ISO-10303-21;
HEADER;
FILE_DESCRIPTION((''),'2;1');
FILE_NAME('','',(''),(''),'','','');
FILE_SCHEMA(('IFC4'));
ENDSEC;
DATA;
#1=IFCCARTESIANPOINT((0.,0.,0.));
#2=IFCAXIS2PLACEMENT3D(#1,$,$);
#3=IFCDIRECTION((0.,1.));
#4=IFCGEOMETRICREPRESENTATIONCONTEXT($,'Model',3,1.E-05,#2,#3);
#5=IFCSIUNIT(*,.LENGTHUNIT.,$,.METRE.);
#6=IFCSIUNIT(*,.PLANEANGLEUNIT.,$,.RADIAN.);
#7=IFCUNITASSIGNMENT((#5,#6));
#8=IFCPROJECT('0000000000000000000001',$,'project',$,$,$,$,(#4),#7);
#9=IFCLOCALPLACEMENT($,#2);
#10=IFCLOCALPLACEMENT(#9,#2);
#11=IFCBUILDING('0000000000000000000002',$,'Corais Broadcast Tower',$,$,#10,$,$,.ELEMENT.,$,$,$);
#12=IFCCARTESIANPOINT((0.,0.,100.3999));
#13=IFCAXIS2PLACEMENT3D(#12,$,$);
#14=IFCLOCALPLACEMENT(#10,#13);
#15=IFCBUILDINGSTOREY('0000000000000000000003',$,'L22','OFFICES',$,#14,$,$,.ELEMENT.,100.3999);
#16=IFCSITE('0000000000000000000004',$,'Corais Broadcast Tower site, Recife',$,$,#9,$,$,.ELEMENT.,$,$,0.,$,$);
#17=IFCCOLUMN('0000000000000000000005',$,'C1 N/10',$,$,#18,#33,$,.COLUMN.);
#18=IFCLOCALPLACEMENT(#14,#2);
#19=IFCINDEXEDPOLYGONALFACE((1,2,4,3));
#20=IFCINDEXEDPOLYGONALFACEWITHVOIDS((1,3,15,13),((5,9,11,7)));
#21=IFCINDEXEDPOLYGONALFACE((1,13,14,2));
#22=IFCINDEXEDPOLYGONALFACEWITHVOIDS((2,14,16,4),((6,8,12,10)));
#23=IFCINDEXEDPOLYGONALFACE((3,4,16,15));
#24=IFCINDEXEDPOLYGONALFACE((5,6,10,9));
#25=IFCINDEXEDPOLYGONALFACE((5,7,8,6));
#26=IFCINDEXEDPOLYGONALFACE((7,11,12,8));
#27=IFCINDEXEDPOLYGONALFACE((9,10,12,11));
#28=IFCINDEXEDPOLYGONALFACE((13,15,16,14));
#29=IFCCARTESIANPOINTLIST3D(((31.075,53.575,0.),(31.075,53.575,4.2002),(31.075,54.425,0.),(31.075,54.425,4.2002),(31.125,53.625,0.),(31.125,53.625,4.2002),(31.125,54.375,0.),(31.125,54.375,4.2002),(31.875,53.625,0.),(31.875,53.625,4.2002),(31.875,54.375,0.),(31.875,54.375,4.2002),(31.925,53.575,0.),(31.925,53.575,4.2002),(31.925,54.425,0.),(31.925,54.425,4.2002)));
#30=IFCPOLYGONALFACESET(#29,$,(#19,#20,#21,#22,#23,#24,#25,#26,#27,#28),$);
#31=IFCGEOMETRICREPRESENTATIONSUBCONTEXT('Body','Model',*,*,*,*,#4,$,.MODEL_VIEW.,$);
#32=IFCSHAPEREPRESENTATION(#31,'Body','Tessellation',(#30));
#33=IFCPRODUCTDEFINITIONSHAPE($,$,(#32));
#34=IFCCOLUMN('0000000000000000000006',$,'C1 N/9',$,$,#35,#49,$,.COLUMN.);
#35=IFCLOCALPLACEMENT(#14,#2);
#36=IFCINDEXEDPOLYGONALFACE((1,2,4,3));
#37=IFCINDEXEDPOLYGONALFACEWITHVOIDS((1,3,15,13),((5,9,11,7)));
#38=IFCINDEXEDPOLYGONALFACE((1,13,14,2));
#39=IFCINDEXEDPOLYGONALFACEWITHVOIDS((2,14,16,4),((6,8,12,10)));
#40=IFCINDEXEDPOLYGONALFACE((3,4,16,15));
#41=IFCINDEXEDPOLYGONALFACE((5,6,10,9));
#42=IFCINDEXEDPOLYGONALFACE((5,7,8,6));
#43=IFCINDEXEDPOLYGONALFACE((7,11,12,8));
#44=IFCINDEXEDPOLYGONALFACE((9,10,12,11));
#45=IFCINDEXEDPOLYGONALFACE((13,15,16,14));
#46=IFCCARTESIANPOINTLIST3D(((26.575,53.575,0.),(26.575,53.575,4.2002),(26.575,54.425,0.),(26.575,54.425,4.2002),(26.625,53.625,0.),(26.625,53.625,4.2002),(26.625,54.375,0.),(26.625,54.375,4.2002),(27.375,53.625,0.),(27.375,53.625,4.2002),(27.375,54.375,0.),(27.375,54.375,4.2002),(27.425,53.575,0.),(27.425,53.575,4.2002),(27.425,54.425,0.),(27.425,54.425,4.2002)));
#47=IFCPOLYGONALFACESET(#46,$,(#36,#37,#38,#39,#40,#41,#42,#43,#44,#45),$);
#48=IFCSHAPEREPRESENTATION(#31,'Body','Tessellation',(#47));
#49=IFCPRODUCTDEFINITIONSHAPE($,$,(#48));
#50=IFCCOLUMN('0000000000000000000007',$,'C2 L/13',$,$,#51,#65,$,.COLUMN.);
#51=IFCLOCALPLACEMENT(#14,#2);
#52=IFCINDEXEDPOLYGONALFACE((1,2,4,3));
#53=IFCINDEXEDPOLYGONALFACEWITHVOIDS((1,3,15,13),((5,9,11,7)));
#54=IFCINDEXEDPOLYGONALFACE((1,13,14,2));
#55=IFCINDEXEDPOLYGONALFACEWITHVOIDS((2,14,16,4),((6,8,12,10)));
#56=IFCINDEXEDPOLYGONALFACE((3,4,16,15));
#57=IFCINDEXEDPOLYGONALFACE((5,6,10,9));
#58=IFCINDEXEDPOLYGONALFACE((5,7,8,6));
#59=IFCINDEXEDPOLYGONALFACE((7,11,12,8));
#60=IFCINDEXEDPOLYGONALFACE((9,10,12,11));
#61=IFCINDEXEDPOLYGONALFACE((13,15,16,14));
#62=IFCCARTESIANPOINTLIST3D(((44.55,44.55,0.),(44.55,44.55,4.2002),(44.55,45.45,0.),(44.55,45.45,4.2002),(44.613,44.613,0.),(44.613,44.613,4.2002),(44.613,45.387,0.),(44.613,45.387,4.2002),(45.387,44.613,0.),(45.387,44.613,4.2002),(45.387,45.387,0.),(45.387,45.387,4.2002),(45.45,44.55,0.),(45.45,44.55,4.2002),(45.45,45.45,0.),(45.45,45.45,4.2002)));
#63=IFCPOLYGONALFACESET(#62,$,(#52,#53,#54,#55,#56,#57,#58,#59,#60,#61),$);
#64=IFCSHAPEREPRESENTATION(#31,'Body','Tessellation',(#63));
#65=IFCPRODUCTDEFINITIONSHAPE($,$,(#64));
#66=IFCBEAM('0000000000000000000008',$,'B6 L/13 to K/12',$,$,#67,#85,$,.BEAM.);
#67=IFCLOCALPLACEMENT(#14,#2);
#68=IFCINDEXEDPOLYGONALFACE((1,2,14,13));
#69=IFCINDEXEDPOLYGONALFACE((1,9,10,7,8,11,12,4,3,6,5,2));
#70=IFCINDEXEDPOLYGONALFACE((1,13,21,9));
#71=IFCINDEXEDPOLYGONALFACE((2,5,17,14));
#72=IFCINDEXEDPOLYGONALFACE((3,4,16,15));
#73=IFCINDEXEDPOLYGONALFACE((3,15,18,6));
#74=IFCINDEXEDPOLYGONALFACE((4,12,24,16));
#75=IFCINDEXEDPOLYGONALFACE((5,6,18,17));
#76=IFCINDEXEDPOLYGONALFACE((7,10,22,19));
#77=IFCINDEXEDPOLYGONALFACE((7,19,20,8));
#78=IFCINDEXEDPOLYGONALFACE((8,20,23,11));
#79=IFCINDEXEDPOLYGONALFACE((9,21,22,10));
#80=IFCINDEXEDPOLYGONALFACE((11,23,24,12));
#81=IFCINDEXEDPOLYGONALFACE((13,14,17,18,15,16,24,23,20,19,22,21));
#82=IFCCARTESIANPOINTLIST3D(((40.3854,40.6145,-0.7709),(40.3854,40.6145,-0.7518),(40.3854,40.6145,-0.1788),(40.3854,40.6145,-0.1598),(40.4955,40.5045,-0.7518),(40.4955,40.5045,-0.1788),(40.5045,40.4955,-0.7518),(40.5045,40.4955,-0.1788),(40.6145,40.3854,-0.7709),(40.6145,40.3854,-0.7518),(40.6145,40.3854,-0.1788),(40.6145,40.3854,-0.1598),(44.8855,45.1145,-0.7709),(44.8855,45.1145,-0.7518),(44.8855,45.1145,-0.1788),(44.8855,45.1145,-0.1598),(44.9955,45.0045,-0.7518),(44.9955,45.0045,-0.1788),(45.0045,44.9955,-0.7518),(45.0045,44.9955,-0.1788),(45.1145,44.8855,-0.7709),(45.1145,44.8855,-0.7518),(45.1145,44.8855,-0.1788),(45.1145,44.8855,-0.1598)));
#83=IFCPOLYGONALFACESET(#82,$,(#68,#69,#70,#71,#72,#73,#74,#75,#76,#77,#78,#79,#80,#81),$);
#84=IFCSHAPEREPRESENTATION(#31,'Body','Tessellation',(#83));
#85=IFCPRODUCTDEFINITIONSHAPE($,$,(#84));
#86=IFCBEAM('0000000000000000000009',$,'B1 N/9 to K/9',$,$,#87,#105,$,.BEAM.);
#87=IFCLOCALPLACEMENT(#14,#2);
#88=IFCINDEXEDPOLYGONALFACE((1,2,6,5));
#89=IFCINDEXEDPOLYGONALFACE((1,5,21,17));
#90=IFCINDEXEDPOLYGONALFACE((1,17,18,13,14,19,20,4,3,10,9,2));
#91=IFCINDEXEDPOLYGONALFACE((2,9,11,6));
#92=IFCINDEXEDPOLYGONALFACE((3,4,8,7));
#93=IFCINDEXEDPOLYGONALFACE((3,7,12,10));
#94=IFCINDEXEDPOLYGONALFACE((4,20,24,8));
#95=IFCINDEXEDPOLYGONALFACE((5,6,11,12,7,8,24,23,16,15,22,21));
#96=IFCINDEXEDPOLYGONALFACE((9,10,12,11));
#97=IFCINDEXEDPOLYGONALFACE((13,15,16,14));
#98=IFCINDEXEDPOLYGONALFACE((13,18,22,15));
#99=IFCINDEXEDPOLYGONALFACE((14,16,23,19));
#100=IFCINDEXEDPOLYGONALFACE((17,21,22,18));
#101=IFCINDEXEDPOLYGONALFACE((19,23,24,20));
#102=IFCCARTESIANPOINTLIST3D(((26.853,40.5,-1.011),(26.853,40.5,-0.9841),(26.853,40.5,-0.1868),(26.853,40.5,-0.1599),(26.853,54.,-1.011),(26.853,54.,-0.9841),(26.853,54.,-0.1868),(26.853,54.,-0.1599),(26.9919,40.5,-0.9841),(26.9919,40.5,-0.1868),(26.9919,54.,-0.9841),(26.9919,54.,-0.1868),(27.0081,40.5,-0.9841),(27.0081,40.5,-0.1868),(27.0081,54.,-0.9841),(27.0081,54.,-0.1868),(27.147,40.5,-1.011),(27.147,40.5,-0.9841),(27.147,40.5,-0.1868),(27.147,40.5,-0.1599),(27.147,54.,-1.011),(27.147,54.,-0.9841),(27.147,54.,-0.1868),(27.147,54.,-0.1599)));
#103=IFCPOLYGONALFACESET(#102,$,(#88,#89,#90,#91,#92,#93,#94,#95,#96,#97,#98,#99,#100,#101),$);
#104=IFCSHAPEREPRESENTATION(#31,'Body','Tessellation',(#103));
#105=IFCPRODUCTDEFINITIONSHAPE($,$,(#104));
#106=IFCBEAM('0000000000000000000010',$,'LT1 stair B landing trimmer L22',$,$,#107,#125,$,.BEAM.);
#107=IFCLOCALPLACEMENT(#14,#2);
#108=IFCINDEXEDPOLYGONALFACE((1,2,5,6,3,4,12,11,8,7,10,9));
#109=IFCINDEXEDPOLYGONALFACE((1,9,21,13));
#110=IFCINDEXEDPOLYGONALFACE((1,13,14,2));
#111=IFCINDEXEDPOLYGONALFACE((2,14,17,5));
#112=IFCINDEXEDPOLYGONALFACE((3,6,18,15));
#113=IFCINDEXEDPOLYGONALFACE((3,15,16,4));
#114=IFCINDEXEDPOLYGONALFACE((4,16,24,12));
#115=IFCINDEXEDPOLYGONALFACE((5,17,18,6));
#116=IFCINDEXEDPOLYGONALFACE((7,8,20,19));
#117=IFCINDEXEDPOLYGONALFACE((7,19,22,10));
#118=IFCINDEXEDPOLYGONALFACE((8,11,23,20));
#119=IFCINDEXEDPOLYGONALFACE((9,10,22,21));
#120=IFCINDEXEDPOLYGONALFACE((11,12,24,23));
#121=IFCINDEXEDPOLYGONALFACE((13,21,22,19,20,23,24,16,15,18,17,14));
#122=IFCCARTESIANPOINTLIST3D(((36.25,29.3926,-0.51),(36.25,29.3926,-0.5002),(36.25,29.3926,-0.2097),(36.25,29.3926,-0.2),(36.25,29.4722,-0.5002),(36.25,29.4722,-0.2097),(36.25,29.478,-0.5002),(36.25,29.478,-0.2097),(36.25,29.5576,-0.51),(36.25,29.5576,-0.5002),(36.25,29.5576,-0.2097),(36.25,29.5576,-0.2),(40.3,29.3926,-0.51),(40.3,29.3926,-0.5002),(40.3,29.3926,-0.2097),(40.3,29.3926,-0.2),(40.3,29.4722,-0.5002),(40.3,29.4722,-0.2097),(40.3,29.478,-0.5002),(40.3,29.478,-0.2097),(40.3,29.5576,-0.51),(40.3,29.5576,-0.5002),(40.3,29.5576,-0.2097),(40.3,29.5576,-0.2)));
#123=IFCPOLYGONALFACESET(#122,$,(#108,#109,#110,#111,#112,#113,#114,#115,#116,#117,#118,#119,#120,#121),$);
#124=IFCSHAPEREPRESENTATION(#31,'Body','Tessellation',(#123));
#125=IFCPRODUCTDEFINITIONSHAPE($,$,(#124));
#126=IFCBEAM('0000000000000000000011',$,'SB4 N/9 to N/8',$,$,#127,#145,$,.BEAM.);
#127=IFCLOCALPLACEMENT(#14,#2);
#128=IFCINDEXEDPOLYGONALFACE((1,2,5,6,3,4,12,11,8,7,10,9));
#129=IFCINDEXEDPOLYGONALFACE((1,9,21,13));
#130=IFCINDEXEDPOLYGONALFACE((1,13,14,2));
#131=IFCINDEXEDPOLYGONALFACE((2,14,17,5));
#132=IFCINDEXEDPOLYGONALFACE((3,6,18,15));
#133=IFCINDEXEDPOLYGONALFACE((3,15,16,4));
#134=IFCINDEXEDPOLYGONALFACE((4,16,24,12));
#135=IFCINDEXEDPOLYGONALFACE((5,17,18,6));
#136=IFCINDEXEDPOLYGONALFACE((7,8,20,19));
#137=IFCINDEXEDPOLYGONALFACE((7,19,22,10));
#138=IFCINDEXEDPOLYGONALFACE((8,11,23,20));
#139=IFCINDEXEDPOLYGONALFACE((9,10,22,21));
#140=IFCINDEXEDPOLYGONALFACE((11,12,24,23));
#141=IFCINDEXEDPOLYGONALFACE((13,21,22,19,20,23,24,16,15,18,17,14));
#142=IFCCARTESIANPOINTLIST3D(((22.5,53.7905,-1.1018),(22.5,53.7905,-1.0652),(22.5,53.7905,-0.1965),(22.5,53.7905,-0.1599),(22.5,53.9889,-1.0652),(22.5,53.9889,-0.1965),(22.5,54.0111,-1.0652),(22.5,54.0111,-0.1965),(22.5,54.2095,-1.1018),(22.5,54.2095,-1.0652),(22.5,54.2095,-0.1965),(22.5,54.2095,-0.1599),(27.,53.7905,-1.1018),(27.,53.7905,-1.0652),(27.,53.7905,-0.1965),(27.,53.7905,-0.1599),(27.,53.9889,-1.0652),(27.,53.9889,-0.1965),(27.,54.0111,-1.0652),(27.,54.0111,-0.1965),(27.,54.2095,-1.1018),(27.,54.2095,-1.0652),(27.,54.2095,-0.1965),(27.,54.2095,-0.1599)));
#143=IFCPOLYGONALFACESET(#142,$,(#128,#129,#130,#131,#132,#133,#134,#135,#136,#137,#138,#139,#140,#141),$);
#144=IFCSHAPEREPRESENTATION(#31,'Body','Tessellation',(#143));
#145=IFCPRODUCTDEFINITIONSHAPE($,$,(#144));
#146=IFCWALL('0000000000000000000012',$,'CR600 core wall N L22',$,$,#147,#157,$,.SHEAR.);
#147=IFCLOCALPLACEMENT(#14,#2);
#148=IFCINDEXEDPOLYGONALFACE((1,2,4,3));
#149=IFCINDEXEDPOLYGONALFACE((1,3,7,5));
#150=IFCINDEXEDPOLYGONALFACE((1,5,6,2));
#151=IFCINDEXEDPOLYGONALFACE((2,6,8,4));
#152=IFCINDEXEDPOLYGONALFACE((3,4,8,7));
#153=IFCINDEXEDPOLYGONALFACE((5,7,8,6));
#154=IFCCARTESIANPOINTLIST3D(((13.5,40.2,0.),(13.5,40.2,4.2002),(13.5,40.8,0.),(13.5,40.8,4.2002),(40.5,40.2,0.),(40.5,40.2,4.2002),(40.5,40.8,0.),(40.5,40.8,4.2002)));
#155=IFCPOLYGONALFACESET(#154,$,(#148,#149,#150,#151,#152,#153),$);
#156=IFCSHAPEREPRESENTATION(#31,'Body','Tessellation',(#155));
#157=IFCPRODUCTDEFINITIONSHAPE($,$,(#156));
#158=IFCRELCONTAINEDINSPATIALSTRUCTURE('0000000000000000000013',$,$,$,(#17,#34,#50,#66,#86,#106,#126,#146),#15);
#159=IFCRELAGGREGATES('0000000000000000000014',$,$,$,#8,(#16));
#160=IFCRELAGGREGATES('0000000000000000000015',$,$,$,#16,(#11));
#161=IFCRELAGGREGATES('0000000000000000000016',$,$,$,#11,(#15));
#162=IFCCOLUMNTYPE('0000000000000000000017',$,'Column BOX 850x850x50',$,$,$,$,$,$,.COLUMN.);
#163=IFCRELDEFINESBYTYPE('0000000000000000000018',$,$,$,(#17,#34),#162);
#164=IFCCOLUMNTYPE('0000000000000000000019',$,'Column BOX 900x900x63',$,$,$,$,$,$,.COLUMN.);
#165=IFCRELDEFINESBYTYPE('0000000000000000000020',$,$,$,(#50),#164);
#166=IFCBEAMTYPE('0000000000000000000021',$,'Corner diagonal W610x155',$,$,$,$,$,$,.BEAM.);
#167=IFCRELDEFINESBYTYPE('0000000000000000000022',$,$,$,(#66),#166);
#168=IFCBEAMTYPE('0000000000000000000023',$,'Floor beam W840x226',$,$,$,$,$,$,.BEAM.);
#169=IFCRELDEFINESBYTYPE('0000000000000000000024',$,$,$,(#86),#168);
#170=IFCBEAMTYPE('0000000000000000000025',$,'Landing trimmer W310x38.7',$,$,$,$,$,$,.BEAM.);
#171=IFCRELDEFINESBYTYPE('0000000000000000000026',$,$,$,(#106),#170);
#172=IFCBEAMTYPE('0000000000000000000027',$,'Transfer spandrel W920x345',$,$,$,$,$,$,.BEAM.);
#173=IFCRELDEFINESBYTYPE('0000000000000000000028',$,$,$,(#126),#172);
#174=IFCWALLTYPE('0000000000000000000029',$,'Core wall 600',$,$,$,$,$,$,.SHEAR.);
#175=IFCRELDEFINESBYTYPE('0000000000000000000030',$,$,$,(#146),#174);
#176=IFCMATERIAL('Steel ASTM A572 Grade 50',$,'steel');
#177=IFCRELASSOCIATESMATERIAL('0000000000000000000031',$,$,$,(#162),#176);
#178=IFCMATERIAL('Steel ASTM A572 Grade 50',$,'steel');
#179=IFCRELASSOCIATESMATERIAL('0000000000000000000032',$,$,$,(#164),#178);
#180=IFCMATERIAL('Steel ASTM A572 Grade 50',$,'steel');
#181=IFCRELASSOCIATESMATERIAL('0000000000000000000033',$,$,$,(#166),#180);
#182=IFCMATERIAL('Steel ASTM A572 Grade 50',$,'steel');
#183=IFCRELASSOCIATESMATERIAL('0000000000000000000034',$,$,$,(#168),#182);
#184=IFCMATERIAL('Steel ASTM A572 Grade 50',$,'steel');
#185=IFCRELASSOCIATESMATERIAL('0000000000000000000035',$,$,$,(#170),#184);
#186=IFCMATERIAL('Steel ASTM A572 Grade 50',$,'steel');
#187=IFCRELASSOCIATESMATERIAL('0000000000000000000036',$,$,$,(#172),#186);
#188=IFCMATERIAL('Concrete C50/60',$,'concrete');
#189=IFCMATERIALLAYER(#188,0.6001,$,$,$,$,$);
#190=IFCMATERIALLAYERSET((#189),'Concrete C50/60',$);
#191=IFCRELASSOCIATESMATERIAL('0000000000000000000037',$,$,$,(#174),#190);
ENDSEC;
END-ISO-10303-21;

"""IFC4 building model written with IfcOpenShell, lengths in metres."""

from ifc_helpers import new_model, si_unit, direction, frame, frame_2d, origin, origin_2d, place, context, subcontext, project, spatial, rectangle, hollow_rectangle, i_section, extrude, material, layer, layer_set, material_profile, profile_set, type_object, element, save


model = new_model("IFC4")

# Units and contexts
model_context = context("Model", 3, precision=1e-05, world=origin(), true_north=direction((0.0, 1.0)))
body_context = subcontext(model_context, "Body", "Model", "MODEL_VIEW")
ifc_project = project(units=[si_unit("LENGTHUNIT", "METRE"), si_unit("PLANEANGLEUNIT", "RADIAN")], contexts=[model_context])

# Site, building, storey
site_placement = place(None, origin())
site = spatial("IfcSite", under=ifc_project, at=site_placement, Name="Corais Broadcast Tower site, Recife", CompositionType="ELEMENT", RefElevation=0.0)
building_placement = place(site_placement, origin())
building = spatial("IfcBuilding", under=site, at=building_placement, Name="Corais Broadcast Tower", CompositionType="ELEMENT")
storey_placement = place(building_placement, frame((0.0, 0.0, 100.3999)))
storey = spatial("IfcBuildingStorey", under=building, at=storey_placement, Name="L22", Description="OFFICES", CompositionType="ELEMENT", Elevation=100.3999)

# Columns
ifc_material_1 = material(Name="Steel ASTM A572 Grade 50", Category="steel")
ifc_material_profile_1 = material_profile(ifc_material_1, hollow_rectangle(XDim=0.8501, YDim=0.8501, WallThickness=0.05, at=origin_2d()), Name="BOX 850x850x50")
ifc_profile_set_1 = profile_set([ifc_material_profile_1], Name="Steel ASTM A572 Grade 50")
column_type_1 = type_object("IfcColumnType", Name="Column BOX 850x850x50", PredefinedType="COLUMN", material=ifc_profile_set_1)
for number, where, z_axis, x_axis, name in (
    (1, (31.5, 54.0, 0.0), (0.0, 0.0, 1.0), (1.0, 0.0, 0.0), "C1 N/10"),
    (2, (27.0, 54.0, 0.0), (0.0, 0.0, 1.0), (1.0, 0.0, 0.0), "C1 N/9"),
):
    element("IfcColumn", number, at=place(storey_placement, frame(where, z_axis=z_axis, x_axis=x_axis)), inside=storey, type_object=column_type_1, Name=name, PredefinedType="COLUMN", context=body_context, shape_type="SweptSolid", body=[
        extrude(hollow_rectangle(XDim=0.8501, YDim=0.8501, WallThickness=0.05, at=origin_2d()), origin(), (0.0, 0.0, 1.0), 4.2002),
    ])
ifc_material_2 = material(Name="Steel ASTM A572 Grade 50", Category="steel")
ifc_material_profile_2 = material_profile(ifc_material_2, hollow_rectangle(XDim=0.8999, YDim=0.8999, WallThickness=0.063, at=origin_2d()), Name="BOX 900x900x63")
ifc_profile_set_2 = profile_set([ifc_material_profile_2], Name="Steel ASTM A572 Grade 50")
column_type_2 = type_object("IfcColumnType", Name="Column BOX 900x900x63", PredefinedType="COLUMN", material=ifc_profile_set_2)
column_placement = place(storey_placement, frame((45.0, 45.0, 0.0), z_axis=(0.0, 0.0, 1.0), x_axis=(1.0, 0.0, 0.0)))
element("IfcColumn", 3, at=column_placement, inside=storey, type_object=column_type_2, Name="C2 L/13", PredefinedType="COLUMN", context=body_context, shape_type="SweptSolid", body=[
    extrude(hollow_rectangle(XDim=0.8999, YDim=0.8999, WallThickness=0.063, at=origin_2d()), origin(), (0.0, 0.0, 1.0), 4.2002),
])

# Beams
ifc_material_3 = material(Name="Steel ASTM A572 Grade 50", Category="steel")
ifc_material_profile_3 = material_profile(ifc_material_3, i_section(OverallWidth=0.324, OverallDepth=0.6111, WebThickness=0.0127, FlangeThickness=0.019, at=origin_2d()), Name="W610x155")
ifc_profile_set_3 = profile_set([ifc_material_profile_3], Name="Steel ASTM A572 Grade 50")
beam_type_1 = type_object("IfcBeamType", Name="Corner diagonal W610x155", PredefinedType="BEAM", material=ifc_profile_set_3)
beam_1_placement = place(storey_placement, frame((45.0, 45.0, -0.4653), z_axis=(-0.707107, -0.707107, 0.0), x_axis=(0.707107, -0.707107, 0.0)))
element("IfcBeam", 4, at=beam_1_placement, inside=storey, type_object=beam_type_1, Name="B6 L/13 to K/12", PredefinedType="BEAM", context=body_context, shape_type="SweptSolid", body=[
    extrude(i_section(OverallWidth=0.324, OverallDepth=0.6111, WebThickness=0.0127, FlangeThickness=0.019, at=origin_2d()), origin(), (0.0, 0.0, 1.0), 6.364),
])
ifc_material_4 = material(Name="Steel ASTM A572 Grade 50", Category="steel")
ifc_material_profile_4 = material_profile(ifc_material_4, i_section(OverallWidth=0.2939, OverallDepth=0.8511, WebThickness=0.0161, FlangeThickness=0.0269, at=origin_2d()), Name="W840x226")
ifc_profile_set_4 = profile_set([ifc_material_profile_4], Name="Steel ASTM A572 Grade 50")
beam_type_2 = type_object("IfcBeamType", Name="Floor beam W840x226", PredefinedType="BEAM", material=ifc_profile_set_4)
beam_2_placement = place(storey_placement, frame((27.0, 54.0, -0.5854), z_axis=(0.0, -1.0, 0.0), x_axis=(1.0, 0.0, 0.0)))
element("IfcBeam", 5, at=beam_2_placement, inside=storey, type_object=beam_type_2, Name="B1 N/9 to K/9", PredefinedType="BEAM", context=body_context, shape_type="SweptSolid", body=[
    extrude(i_section(OverallWidth=0.2939, OverallDepth=0.8511, WebThickness=0.0161, FlangeThickness=0.0269, at=origin_2d()), origin(), (0.0, 0.0, 1.0), 13.5),
])
ifc_material_5 = material(Name="Steel ASTM A572 Grade 50", Category="steel")
ifc_material_profile_5 = material_profile(ifc_material_5, i_section(OverallWidth=0.165, OverallDepth=0.3101, WebThickness=0.0059, FlangeThickness=0.0098, at=origin_2d()), Name="W310x38.7")
ifc_profile_set_5 = profile_set([ifc_material_profile_5], Name="Steel ASTM A572 Grade 50")
beam_type_3 = type_object("IfcBeamType", Name="Landing trimmer W310x38.7", PredefinedType="BEAM", material=ifc_profile_set_5)
beam_3_placement = place(storey_placement, frame((36.25, 29.4751, -0.355), z_axis=(1.0, 0.0, 0.0), x_axis=(0.0, 1.0, 0.0)))
element("IfcBeam", 6, at=beam_3_placement, inside=storey, type_object=beam_type_3, Name="LT1 stair B landing trimmer L22", PredefinedType="BEAM", context=body_context, shape_type="SweptSolid", body=[
    extrude(i_section(OverallWidth=0.165, OverallDepth=0.3101, WebThickness=0.0059, FlangeThickness=0.0098, at=origin_2d()), origin(), (0.0, 0.0, 1.0), 4.05),
])
ifc_material_6 = material(Name="Steel ASTM A572 Grade 50", Category="steel")
ifc_material_profile_6 = material_profile(ifc_material_6, i_section(OverallWidth=0.4189, OverallDepth=0.9419, WebThickness=0.0222, FlangeThickness=0.0366, at=origin_2d()), Name="W920x345")
ifc_profile_set_6 = profile_set([ifc_material_profile_6], Name="Steel ASTM A572 Grade 50")
beam_type_4 = type_object("IfcBeamType", Name="Transfer spandrel W920x345", PredefinedType="BEAM", material=ifc_profile_set_6)
beam_4_placement = place(storey_placement, frame((27.0, 54.0, -0.6309), z_axis=(-1.0, 0.0, 0.0), x_axis=(0.0, -1.0, 0.0)))
element("IfcBeam", 7, at=beam_4_placement, inside=storey, type_object=beam_type_4, Name="SB4 N/9 to N/8", PredefinedType="BEAM", context=body_context, shape_type="SweptSolid", body=[
    extrude(i_section(OverallWidth=0.4189, OverallDepth=0.9419, WebThickness=0.0222, FlangeThickness=0.0366, at=origin_2d()), origin(), (0.0, 0.0, 1.0), 4.5),
])

# Wall
ifc_material_7 = material(Name="Concrete C50/60", Category="concrete")
ifc_layer_1 = layer(ifc_material_7, 0.6001)
ifc_layer_set_1 = layer_set([ifc_layer_1], Name="Concrete C50/60")
wall_type_1 = type_object("IfcWallType", Name="Core wall 600", PredefinedType="SHEAR", material=ifc_layer_set_1)
wall_1_placement = place(storey_placement, frame((40.5, 40.5, 0.0), z_axis=(0.0, 0.0, 1.0), x_axis=(-1.0, 0.0, 0.0)))
element("IfcWall", 8, at=wall_1_placement, inside=storey, type_object=wall_type_1, Name="CR600 core wall N L22", PredefinedType="SHEAR", context=body_context, shape_type="SweptSolid", body=[
    extrude(rectangle(XDim=27.0, YDim=0.6001, at=frame_2d((13.5, 0.0))), origin(), (0.0, 0.0, 1.0), 4.2002),
])

save(model, "model.ifc")
